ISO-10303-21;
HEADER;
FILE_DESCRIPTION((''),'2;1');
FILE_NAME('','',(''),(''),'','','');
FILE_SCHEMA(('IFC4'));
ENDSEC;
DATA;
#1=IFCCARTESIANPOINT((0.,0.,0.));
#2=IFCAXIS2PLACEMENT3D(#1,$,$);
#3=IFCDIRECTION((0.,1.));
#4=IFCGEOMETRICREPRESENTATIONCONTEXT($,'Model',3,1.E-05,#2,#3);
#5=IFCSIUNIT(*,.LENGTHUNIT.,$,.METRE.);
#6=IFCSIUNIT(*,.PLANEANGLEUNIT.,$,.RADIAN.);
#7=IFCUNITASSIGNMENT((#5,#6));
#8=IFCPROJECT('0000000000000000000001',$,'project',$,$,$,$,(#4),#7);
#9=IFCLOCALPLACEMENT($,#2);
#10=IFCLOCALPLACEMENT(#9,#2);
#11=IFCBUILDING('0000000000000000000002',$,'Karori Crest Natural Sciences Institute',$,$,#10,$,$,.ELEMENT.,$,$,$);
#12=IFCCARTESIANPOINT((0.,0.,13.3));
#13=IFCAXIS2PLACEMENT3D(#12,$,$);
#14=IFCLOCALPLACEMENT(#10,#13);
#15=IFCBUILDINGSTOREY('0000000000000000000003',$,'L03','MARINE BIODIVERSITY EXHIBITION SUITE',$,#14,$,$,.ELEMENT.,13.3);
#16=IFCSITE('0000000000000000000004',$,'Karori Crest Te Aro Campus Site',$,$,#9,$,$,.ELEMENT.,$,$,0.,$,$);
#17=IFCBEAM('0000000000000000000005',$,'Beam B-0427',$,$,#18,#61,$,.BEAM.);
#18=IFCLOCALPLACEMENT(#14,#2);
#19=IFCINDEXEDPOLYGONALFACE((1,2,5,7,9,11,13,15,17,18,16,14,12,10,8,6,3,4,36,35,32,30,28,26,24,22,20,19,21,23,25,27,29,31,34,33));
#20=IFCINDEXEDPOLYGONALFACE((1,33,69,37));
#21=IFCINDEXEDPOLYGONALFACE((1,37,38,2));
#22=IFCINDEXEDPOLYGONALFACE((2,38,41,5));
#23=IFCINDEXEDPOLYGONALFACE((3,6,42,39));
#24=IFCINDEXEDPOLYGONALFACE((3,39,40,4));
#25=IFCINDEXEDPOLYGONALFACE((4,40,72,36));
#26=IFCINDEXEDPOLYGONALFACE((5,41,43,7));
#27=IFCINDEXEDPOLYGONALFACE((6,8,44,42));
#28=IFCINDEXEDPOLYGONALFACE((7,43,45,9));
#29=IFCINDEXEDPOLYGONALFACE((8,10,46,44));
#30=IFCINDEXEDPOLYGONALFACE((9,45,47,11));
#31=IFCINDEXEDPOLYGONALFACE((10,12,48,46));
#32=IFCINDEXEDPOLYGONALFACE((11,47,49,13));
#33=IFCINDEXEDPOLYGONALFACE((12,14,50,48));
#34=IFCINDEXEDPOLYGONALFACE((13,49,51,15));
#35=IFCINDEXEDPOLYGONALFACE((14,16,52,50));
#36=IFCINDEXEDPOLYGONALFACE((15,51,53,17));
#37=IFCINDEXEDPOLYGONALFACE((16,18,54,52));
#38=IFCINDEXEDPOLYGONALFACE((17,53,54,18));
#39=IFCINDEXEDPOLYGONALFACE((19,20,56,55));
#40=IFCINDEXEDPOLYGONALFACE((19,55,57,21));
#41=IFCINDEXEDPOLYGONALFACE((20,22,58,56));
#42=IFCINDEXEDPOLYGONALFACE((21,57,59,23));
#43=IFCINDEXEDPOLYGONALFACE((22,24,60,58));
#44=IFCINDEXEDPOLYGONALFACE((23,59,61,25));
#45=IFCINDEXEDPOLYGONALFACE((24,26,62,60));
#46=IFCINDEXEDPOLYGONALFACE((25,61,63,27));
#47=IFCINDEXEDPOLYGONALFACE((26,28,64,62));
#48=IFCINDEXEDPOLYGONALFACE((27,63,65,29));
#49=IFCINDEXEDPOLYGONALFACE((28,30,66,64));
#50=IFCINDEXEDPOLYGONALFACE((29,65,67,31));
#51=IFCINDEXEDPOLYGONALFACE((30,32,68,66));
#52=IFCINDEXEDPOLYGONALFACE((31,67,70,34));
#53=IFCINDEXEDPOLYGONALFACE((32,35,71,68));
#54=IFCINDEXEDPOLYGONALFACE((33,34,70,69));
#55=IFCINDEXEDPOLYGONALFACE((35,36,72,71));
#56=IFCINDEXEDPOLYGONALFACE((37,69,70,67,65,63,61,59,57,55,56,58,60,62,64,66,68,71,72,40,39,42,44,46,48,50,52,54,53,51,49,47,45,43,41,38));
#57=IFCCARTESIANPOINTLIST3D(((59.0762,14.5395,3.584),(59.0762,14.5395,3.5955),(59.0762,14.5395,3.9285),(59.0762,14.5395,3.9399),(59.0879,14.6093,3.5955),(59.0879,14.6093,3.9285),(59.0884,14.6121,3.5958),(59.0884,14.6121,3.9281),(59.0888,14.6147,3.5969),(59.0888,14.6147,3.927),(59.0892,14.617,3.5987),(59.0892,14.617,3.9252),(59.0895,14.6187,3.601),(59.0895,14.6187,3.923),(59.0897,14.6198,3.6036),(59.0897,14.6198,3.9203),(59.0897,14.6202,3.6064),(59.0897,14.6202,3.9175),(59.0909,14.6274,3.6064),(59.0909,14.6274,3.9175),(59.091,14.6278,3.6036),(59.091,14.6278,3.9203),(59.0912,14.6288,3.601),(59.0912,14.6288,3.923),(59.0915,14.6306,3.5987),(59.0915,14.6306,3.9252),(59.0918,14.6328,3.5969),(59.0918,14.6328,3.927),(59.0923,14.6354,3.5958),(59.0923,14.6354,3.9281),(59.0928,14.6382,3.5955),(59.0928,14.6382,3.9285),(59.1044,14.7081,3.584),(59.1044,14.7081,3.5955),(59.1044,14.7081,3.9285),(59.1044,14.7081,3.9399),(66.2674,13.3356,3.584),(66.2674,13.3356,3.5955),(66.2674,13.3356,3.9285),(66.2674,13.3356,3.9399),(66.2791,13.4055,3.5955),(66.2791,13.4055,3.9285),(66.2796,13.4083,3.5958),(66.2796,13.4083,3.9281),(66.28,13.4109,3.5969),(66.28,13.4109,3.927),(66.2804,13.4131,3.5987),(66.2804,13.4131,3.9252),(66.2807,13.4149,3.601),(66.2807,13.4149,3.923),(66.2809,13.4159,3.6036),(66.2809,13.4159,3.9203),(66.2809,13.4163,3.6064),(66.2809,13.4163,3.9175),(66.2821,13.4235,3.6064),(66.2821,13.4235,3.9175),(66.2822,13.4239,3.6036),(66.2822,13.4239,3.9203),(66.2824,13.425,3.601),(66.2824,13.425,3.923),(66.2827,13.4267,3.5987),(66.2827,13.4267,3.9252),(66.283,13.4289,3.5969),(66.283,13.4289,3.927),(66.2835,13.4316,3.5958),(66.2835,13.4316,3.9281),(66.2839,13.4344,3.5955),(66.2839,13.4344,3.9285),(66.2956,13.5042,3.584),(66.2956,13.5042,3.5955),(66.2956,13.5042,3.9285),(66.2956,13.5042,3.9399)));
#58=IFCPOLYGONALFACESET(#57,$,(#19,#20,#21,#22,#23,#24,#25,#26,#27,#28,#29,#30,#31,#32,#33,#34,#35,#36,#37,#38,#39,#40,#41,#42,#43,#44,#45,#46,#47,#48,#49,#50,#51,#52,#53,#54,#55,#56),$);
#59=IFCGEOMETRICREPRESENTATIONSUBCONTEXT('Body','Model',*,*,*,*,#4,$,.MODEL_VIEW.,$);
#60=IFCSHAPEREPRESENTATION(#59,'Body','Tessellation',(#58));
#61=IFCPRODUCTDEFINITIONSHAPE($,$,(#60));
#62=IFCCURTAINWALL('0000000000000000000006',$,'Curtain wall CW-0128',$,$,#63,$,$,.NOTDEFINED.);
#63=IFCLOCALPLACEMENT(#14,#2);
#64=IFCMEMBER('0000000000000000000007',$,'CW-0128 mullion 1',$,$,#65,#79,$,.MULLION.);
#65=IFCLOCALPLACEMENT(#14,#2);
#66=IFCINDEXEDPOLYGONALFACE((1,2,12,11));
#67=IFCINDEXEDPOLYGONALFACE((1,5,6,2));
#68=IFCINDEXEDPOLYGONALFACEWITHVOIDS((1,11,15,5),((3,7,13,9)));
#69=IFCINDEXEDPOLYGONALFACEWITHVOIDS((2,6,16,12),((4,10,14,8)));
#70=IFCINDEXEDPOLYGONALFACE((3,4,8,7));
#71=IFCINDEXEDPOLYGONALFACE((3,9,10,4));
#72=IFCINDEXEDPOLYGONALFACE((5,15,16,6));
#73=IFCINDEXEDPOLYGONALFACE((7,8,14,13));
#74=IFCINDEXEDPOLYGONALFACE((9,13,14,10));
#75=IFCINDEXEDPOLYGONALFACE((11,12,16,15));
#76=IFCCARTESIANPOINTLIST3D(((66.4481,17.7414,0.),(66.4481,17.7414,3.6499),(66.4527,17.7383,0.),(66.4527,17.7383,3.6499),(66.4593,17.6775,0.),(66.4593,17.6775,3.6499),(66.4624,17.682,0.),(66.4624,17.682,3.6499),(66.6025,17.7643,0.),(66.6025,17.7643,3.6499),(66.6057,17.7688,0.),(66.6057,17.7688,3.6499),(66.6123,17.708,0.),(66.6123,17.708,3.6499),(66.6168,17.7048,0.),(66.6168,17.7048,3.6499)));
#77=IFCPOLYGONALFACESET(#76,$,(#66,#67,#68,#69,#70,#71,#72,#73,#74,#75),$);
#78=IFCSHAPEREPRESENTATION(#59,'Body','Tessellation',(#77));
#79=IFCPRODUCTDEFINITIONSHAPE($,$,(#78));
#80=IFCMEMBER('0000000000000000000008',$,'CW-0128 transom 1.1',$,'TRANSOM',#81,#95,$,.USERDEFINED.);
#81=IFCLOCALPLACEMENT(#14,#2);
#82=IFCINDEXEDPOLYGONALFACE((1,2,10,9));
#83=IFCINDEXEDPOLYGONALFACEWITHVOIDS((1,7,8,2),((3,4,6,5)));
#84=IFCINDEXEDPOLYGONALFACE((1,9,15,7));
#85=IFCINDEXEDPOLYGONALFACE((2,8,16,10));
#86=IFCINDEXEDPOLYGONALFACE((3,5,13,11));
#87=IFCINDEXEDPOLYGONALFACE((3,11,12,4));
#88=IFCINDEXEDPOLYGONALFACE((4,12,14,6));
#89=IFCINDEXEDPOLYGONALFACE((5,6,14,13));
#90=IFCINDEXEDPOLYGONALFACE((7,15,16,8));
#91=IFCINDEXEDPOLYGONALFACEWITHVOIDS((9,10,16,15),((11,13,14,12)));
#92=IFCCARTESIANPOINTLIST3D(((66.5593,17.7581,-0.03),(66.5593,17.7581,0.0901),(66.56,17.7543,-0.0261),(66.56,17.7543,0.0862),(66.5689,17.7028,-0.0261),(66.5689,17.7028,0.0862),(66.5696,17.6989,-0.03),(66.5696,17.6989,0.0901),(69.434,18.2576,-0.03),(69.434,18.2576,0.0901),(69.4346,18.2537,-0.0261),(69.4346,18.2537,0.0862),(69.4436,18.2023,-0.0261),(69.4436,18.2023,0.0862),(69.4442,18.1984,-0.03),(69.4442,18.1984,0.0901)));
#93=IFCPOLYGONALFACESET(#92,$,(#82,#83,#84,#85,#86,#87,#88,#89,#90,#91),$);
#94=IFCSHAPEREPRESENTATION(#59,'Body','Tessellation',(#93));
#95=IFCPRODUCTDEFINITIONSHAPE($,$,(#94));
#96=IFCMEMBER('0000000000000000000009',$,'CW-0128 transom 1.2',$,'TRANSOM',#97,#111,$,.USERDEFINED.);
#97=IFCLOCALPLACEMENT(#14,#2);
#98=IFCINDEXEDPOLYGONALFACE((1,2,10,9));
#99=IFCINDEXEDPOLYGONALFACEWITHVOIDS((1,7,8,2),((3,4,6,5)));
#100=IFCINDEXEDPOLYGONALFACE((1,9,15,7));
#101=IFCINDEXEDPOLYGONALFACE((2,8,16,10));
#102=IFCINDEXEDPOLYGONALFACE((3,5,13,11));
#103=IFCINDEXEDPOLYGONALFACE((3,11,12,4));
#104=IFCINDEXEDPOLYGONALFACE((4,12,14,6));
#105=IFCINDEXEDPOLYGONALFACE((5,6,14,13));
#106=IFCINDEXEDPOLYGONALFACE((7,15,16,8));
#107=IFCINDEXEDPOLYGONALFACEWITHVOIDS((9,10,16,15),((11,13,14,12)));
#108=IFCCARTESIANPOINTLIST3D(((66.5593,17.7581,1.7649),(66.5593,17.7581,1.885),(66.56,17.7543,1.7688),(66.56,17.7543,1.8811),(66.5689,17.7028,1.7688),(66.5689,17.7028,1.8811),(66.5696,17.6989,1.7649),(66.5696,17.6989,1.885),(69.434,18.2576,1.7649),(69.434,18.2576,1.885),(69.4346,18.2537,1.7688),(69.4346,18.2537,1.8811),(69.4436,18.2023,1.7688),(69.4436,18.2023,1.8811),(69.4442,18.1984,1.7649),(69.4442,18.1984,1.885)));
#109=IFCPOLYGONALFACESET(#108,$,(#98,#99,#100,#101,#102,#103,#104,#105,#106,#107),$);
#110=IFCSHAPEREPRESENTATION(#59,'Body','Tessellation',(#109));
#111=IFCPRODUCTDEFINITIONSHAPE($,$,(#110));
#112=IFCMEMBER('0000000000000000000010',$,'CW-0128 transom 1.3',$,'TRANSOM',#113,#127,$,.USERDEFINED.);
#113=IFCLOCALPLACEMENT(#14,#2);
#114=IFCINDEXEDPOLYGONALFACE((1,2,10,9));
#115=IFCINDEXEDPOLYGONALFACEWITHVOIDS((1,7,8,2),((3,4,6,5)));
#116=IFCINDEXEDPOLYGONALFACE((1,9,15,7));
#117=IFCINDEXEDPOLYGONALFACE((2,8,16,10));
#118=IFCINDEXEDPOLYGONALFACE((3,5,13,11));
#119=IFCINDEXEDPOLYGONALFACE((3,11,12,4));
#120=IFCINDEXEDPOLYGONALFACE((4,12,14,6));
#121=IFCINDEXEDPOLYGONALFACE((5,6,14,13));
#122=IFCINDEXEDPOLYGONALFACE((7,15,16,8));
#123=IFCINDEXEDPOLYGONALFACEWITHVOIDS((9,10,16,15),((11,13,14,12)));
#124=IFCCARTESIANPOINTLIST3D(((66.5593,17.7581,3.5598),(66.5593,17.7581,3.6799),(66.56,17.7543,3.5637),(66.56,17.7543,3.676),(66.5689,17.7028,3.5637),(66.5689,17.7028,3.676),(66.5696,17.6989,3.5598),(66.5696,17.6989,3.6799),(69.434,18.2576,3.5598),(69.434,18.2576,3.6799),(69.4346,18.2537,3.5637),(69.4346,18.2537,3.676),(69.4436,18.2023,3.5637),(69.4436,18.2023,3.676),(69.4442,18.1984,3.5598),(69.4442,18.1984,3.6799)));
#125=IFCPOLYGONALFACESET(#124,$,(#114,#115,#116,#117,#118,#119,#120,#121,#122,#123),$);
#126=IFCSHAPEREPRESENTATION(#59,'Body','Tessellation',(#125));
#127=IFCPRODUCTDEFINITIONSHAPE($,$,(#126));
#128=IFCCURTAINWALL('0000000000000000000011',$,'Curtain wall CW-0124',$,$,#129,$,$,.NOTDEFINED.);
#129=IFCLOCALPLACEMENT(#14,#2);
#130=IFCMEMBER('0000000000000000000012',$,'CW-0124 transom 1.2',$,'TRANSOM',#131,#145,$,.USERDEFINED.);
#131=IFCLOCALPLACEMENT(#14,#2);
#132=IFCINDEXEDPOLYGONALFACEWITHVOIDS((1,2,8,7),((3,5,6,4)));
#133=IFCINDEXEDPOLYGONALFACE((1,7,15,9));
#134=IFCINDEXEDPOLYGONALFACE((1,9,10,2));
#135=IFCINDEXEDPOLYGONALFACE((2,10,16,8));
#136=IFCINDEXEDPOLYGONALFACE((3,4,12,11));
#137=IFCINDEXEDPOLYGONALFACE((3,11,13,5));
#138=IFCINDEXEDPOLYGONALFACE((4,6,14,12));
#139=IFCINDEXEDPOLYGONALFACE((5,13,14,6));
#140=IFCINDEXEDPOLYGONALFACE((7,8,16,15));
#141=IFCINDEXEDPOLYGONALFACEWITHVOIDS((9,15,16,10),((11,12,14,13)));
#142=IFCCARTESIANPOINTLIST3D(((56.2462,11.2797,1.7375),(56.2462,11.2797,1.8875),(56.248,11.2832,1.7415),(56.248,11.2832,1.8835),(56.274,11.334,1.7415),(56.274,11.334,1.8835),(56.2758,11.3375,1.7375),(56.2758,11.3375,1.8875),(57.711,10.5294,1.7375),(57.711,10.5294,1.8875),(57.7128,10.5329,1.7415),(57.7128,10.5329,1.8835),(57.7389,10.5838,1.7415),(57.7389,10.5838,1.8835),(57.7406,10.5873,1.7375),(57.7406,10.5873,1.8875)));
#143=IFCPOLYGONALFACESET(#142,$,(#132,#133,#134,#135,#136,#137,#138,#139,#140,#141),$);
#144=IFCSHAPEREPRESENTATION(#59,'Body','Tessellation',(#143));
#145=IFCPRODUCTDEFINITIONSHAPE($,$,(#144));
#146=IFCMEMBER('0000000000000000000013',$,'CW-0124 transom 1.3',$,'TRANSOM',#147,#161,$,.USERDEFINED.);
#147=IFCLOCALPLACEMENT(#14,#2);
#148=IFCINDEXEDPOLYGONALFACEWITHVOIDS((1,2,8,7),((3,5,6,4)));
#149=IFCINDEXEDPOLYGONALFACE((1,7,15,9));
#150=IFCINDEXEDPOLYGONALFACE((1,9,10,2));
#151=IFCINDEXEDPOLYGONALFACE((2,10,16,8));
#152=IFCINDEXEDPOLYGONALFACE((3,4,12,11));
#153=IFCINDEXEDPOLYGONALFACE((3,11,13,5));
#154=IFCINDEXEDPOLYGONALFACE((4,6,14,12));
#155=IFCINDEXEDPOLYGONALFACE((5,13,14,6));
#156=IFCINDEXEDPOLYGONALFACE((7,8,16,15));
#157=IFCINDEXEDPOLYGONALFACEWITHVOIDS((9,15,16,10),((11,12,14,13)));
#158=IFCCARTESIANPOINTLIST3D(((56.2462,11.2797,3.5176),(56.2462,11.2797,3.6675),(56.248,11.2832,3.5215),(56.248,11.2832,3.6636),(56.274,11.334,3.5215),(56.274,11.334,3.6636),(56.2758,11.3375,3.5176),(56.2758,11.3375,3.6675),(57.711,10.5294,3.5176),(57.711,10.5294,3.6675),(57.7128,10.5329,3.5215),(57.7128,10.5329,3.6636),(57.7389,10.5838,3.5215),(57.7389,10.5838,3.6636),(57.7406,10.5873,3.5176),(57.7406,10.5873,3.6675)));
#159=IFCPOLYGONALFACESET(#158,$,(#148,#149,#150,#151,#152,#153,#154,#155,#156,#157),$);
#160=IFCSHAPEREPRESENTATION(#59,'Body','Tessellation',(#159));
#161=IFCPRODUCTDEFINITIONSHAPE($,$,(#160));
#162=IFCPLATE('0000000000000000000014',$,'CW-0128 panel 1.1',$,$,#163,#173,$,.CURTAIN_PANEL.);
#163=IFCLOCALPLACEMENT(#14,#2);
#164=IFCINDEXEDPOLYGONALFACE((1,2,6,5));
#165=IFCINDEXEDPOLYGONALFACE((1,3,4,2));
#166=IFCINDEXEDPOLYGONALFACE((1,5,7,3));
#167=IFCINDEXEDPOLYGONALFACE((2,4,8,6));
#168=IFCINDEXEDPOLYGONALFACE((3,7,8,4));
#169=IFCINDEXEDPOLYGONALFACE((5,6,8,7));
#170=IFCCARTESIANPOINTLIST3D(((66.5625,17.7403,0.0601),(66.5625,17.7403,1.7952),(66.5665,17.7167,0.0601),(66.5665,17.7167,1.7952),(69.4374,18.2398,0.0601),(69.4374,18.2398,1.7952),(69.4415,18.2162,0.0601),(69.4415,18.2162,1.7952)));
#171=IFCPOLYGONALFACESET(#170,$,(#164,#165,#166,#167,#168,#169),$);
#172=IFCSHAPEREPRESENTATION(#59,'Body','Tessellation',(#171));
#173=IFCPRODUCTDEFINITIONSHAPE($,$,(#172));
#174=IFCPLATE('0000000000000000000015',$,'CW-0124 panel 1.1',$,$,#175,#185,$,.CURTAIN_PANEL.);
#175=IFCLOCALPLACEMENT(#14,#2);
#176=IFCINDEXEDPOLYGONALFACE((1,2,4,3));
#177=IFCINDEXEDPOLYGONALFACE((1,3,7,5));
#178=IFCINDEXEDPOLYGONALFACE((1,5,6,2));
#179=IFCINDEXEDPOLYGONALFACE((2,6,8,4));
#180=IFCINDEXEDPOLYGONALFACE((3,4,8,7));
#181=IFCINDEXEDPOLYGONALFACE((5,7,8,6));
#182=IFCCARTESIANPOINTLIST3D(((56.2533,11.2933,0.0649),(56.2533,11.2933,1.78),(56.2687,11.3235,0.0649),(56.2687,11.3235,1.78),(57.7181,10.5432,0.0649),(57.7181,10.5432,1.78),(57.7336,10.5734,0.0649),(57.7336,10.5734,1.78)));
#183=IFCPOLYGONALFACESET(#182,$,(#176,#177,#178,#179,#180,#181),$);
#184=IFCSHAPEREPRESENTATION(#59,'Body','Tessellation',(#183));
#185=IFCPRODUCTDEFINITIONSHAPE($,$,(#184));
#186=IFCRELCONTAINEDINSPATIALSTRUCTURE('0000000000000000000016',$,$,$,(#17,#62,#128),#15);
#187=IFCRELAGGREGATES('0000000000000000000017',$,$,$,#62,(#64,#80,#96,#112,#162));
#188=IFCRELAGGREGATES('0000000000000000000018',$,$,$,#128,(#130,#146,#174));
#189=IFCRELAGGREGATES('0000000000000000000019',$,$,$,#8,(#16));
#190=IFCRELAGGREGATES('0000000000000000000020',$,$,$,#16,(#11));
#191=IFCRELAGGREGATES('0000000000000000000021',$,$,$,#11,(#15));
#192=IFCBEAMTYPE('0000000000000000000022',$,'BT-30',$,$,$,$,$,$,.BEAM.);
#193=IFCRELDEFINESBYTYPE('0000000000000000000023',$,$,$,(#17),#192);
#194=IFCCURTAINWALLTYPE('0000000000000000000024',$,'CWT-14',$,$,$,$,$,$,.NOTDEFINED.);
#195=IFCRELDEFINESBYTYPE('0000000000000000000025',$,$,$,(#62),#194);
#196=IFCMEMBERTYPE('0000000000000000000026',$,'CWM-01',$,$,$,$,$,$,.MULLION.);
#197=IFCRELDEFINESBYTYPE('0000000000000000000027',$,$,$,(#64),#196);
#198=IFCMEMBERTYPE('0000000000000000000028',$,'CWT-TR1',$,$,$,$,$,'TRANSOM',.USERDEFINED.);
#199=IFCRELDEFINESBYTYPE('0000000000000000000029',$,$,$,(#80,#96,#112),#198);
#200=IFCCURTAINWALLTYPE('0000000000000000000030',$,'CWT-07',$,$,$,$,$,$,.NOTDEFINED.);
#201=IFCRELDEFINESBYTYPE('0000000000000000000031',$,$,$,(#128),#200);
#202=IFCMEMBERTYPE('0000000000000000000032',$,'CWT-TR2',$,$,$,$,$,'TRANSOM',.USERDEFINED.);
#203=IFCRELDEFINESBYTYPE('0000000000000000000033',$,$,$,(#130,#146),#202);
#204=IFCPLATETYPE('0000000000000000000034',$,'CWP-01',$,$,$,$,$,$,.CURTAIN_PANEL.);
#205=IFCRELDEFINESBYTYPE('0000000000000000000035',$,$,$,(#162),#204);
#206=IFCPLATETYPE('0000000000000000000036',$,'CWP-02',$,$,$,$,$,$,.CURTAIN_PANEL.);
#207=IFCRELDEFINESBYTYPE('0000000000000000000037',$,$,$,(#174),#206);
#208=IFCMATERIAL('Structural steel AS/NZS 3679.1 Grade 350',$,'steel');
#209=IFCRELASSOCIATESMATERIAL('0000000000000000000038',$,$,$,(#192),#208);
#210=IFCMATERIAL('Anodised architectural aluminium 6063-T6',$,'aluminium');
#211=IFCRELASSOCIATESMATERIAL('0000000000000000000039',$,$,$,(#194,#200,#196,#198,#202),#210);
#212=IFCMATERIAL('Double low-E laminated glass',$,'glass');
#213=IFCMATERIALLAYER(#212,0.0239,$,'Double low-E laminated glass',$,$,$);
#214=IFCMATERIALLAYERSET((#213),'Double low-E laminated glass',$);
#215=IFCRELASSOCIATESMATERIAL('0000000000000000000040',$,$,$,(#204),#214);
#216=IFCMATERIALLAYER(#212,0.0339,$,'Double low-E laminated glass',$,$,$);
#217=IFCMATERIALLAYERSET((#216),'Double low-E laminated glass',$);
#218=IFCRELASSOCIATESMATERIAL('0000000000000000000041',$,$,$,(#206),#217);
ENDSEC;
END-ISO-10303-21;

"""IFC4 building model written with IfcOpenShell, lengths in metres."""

from ifc_helpers import new_model, si_unit, direction, frame, origin, origin_2d, place, context, subcontext, project, spatial, rectangle, hollow_rectangle, i_section, extrude, material, layer, layer_set, material_profile, profile_set, type_object, element, aggregate, save


model = new_model("IFC4")

# Units and contexts
model_context = context("Model", 3, precision=1e-05, world=origin(), true_north=direction((0.0, 1.0)))
body_context = subcontext(model_context, "Body", "Model", "MODEL_VIEW")
ifc_project = project(units=[si_unit("LENGTHUNIT", "METRE"), si_unit("PLANEANGLEUNIT", "RADIAN")], contexts=[model_context])

# Site, building, storey
site_placement = place(None, origin())
site = spatial("IfcSite", under=ifc_project, at=site_placement, Name="Karori Crest Te Aro Campus Site", CompositionType="ELEMENT", RefElevation=0.0)
building_placement = place(site_placement, origin())
building = spatial("IfcBuilding", under=site, at=building_placement, Name="Karori Crest Natural Sciences Institute", CompositionType="ELEMENT")
storey_placement = place(building_placement, frame((0.0, 0.0, 13.3)))
storey = spatial("IfcBuildingStorey", under=building, at=storey_placement, Name="L03", Description="MARINE BIODIVERSITY EXHIBITION SUITE", CompositionType="ELEMENT", Elevation=13.3)

# Shared definitions
ifc_material_1 = material(Name="Structural steel AS/NZS 3679.1 Grade 350", Category="steel")

# Beam
ifc_material_profile_1 = material_profile(ifc_material_1, i_section(OverallWidth=0.1709, OverallDepth=0.356, WebThickness=0.0073, FlangeThickness=0.0115, FilletRadius=0.011, at=origin_2d()), Name="360UB50.7")
ifc_profile_set_1 = profile_set([ifc_material_profile_1], Name="Structural steel AS/NZS 3679.1 Grade 350")
beam_type_1 = type_object("IfcBeamType", Name="BT-30", PredefinedType="BEAM", material=ifc_profile_set_1)
beam_1_placement = place(storey_placement, frame((59.0903, 14.6238, 3.762), z_axis=(0.986275, -0.16511, 0.0), x_axis=(0.16511, 0.986275, 0.0)))
element("IfcBeam", 1, at=beam_1_placement, inside=storey, type_object=beam_type_1, Name="Beam B-0427", PredefinedType="BEAM", context=body_context, shape_type="SweptSolid", body=[
    extrude(i_section(OverallWidth=0.1709, OverallDepth=0.356, WebThickness=0.0073, FlangeThickness=0.0115, FilletRadius=0.011, at=origin_2d()), origin(), (0.0, 0.0, 1.0), 7.2913),
])

# Curtain walls, members
ifc_material_2 = material(Name="Anodised architectural aluminium 6063-T6", Category="aluminium")
curtain_wall_type_1 = type_object("IfcCurtainWallType", Name="CWT-14", PredefinedType="NOTDEFINED", material=ifc_material_2)
curtain_wall_1_placement = place(storey_placement, origin())
curtain_wall_1 = element("IfcCurtainWall", 2, at=curtain_wall_1_placement, inside=storey, type_object=curtain_wall_type_1, Name="Curtain wall CW-0128", PredefinedType="NOTDEFINED")
ifc_material_profile_2 = material_profile(ifc_material_2, hollow_rectangle(XDim=0.0649, YDim=0.1599, WallThickness=0.0039, at=origin_2d()), Name="CWM160x65x4")
ifc_profile_set_2 = profile_set([ifc_material_profile_2], Name="Anodised architectural aluminium 6063-T6")
member_type_1 = type_object("IfcMemberType", Name="CWM-01", PredefinedType="MULLION", material=ifc_profile_set_2)
member_1_placement = place(storey_placement, frame((66.5325, 17.7231, 0.0), z_axis=(0.0, 0.0, 1.0), x_axis=(-0.171174, 0.985241, 0.0)))
member_1 = element("IfcMember", 3, at=member_1_placement, type_object=member_type_1, Name="CW-0128 mullion 1", PredefinedType="MULLION", context=body_context, shape_type="SweptSolid", body=[
    extrude(hollow_rectangle(XDim=0.0649, YDim=0.1599, WallThickness=0.0039, at=origin_2d()), origin(), (0.0, 0.0, 1.0), 3.6499),
])
ifc_material_profile_3 = material_profile(ifc_material_2, hollow_rectangle(XDim=0.0601, YDim=0.1201, WallThickness=0.0039, at=origin_2d()), Name="CWT120x60x4")
ifc_profile_set_3 = profile_set([ifc_material_profile_3], Name="Anodised architectural aluminium 6063-T6")
member_type_2 = type_object("IfcMemberType", Name="CWT-TR1", ElementType="TRANSOM", PredefinedType="USERDEFINED", material=ifc_profile_set_3)
member_2_placement = place(storey_placement, frame((66.5645, 17.7285, 0.03), z_axis=(0.985238, 0.171193, 0.0), x_axis=(-0.171193, 0.985238, 0.0)))
member_2 = element("IfcMember", 4, at=member_2_placement, type_object=member_type_2, Name="CW-0128 transom 1.1", ObjectType="TRANSOM", PredefinedType="USERDEFINED", context=body_context, shape_type="SweptSolid", body=[
    extrude(hollow_rectangle(XDim=0.0601, YDim=0.1201, WallThickness=0.0039, at=origin_2d()), origin(), (0.0, 0.0, 1.0), 2.9177),
])
member_3_placement = place(storey_placement, frame((66.5645, 17.7285, 1.825), z_axis=(0.985238, 0.171193, 0.0), x_axis=(-0.171193, 0.985238, 0.0)))
member_3 = element("IfcMember", 5, at=member_3_placement, type_object=member_type_2, Name="CW-0128 transom 1.2", ObjectType="TRANSOM", PredefinedType="USERDEFINED", context=body_context, shape_type="SweptSolid", body=[
    extrude(hollow_rectangle(XDim=0.0601, YDim=0.1201, WallThickness=0.0039, at=origin_2d()), origin(), (0.0, 0.0, 1.0), 2.9177),
])
member_4_placement = place(storey_placement, frame((66.5645, 17.7285, 3.6199), z_axis=(0.985238, 0.171193, 0.0), x_axis=(-0.171193, 0.985238, 0.0)))
member_4 = element("IfcMember", 6, at=member_4_placement, type_object=member_type_2, Name="CW-0128 transom 1.3", ObjectType="TRANSOM", PredefinedType="USERDEFINED", context=body_context, shape_type="SweptSolid", body=[
    extrude(hollow_rectangle(XDim=0.0601, YDim=0.1201, WallThickness=0.0039, at=origin_2d()), origin(), (0.0, 0.0, 1.0), 2.9177),
])
curtain_wall_type_2 = type_object("IfcCurtainWallType", Name="CWT-07", PredefinedType="NOTDEFINED", material=ifc_material_2)
curtain_wall_2_placement = place(storey_placement, origin())
curtain_wall_2 = element("IfcCurtainWall", 7, at=curtain_wall_2_placement, inside=storey, type_object=curtain_wall_type_2, Name="Curtain wall CW-0124", PredefinedType="NOTDEFINED")
ifc_material_profile_4 = material_profile(ifc_material_2, hollow_rectangle(XDim=0.0649, YDim=0.1499, WallThickness=0.0039, at=origin_2d()), Name="CWT150x65x4")
ifc_profile_set_4 = profile_set([ifc_material_profile_4], Name="Anodised architectural aluminium 6063-T6")
member_type_3 = type_object("IfcMemberType", Name="CWT-TR2", ElementType="TRANSOM", PredefinedType="USERDEFINED", material=ifc_profile_set_4)
member_5_placement = place(storey_placement, frame((57.7258, 10.5583, 1.8125), z_axis=(-0.890054, 0.455856, 0.0), x_axis=(-0.455856, -0.890054, 0.0)))
member_5 = element("IfcMember", 8, at=member_5_placement, type_object=member_type_3, Name="CW-0124 transom 1.2", ObjectType="TRANSOM", PredefinedType="USERDEFINED", context=body_context, shape_type="SweptSolid", body=[
    extrude(hollow_rectangle(XDim=0.0649, YDim=0.1499, WallThickness=0.0039, at=origin_2d()), origin(), (0.0, 0.0, 1.0), 1.6458),
])
member_6_placement = place(storey_placement, frame((57.7258, 10.5583, 3.5925), z_axis=(-0.890054, 0.455856, 0.0), x_axis=(-0.455856, -0.890054, 0.0)))
member_6 = element("IfcMember", 9, at=member_6_placement, type_object=member_type_3, Name="CW-0124 transom 1.3", ObjectType="TRANSOM", PredefinedType="USERDEFINED", context=body_context, shape_type="SweptSolid", body=[
    extrude(hollow_rectangle(XDim=0.0649, YDim=0.1499, WallThickness=0.0039, at=origin_2d()), origin(), (0.0, 0.0, 1.0), 1.6458),
])

# Plates
ifc_material_3 = material(Name="Double low-E laminated glass", Category="glass")
ifc_layer_1 = layer(ifc_material_3, 0.0239, Name="Double low-E laminated glass")
ifc_layer_set_1 = layer_set([ifc_layer_1], Name="Double low-E laminated glass")
plate_type_1 = type_object("IfcPlateType", Name="CWP-01", PredefinedType="CURTAIN_PANEL", material=ifc_layer_set_1)
plate_1_placement = place(storey_placement, frame((68.002, 17.9783, 0.0601), z_axis=(0.0, 0.0, 1.0), x_axis=(0.985241, 0.171174, 0.0)))
plate_1 = element("IfcPlate", 10, at=plate_1_placement, type_object=plate_type_1, Name="CW-0128 panel 1.1", PredefinedType="CURTAIN_PANEL", context=body_context, shape_type="SweptSolid", body=[
    extrude(rectangle(XDim=2.918, YDim=0.0239, at=origin_2d()), origin(), (0.0, 0.0, 1.0), 1.7351),
])
aggregate(curtain_wall_1, [member_1, member_2, member_3, member_4, plate_1])
ifc_layer_2 = layer(ifc_material_3, 0.0339, Name="Double low-E laminated glass")
ifc_layer_set_2 = layer_set([ifc_layer_2], Name="Double low-E laminated glass")
plate_type_2 = type_object("IfcPlateType", Name="CWP-02", PredefinedType="CURTAIN_PANEL", material=ifc_layer_set_2)
plate_2_placement = place(storey_placement, frame((56.9934, 10.9333, 0.0649), z_axis=(0.0, 0.0, 1.0), x_axis=(-0.890067, 0.455829, 0.0)))
plate_2 = element("IfcPlate", 11, at=plate_2_placement, type_object=plate_type_2, Name="CW-0124 panel 1.1", PredefinedType="CURTAIN_PANEL", context=body_context, shape_type="SweptSolid", body=[
    extrude(rectangle(XDim=1.6458, YDim=0.0339, at=origin_2d()), origin(), (0.0, 0.0, 1.0), 1.7151),
])
aggregate(curtain_wall_2, [member_5, member_6, plate_2])

save(model, "model.ifc")
